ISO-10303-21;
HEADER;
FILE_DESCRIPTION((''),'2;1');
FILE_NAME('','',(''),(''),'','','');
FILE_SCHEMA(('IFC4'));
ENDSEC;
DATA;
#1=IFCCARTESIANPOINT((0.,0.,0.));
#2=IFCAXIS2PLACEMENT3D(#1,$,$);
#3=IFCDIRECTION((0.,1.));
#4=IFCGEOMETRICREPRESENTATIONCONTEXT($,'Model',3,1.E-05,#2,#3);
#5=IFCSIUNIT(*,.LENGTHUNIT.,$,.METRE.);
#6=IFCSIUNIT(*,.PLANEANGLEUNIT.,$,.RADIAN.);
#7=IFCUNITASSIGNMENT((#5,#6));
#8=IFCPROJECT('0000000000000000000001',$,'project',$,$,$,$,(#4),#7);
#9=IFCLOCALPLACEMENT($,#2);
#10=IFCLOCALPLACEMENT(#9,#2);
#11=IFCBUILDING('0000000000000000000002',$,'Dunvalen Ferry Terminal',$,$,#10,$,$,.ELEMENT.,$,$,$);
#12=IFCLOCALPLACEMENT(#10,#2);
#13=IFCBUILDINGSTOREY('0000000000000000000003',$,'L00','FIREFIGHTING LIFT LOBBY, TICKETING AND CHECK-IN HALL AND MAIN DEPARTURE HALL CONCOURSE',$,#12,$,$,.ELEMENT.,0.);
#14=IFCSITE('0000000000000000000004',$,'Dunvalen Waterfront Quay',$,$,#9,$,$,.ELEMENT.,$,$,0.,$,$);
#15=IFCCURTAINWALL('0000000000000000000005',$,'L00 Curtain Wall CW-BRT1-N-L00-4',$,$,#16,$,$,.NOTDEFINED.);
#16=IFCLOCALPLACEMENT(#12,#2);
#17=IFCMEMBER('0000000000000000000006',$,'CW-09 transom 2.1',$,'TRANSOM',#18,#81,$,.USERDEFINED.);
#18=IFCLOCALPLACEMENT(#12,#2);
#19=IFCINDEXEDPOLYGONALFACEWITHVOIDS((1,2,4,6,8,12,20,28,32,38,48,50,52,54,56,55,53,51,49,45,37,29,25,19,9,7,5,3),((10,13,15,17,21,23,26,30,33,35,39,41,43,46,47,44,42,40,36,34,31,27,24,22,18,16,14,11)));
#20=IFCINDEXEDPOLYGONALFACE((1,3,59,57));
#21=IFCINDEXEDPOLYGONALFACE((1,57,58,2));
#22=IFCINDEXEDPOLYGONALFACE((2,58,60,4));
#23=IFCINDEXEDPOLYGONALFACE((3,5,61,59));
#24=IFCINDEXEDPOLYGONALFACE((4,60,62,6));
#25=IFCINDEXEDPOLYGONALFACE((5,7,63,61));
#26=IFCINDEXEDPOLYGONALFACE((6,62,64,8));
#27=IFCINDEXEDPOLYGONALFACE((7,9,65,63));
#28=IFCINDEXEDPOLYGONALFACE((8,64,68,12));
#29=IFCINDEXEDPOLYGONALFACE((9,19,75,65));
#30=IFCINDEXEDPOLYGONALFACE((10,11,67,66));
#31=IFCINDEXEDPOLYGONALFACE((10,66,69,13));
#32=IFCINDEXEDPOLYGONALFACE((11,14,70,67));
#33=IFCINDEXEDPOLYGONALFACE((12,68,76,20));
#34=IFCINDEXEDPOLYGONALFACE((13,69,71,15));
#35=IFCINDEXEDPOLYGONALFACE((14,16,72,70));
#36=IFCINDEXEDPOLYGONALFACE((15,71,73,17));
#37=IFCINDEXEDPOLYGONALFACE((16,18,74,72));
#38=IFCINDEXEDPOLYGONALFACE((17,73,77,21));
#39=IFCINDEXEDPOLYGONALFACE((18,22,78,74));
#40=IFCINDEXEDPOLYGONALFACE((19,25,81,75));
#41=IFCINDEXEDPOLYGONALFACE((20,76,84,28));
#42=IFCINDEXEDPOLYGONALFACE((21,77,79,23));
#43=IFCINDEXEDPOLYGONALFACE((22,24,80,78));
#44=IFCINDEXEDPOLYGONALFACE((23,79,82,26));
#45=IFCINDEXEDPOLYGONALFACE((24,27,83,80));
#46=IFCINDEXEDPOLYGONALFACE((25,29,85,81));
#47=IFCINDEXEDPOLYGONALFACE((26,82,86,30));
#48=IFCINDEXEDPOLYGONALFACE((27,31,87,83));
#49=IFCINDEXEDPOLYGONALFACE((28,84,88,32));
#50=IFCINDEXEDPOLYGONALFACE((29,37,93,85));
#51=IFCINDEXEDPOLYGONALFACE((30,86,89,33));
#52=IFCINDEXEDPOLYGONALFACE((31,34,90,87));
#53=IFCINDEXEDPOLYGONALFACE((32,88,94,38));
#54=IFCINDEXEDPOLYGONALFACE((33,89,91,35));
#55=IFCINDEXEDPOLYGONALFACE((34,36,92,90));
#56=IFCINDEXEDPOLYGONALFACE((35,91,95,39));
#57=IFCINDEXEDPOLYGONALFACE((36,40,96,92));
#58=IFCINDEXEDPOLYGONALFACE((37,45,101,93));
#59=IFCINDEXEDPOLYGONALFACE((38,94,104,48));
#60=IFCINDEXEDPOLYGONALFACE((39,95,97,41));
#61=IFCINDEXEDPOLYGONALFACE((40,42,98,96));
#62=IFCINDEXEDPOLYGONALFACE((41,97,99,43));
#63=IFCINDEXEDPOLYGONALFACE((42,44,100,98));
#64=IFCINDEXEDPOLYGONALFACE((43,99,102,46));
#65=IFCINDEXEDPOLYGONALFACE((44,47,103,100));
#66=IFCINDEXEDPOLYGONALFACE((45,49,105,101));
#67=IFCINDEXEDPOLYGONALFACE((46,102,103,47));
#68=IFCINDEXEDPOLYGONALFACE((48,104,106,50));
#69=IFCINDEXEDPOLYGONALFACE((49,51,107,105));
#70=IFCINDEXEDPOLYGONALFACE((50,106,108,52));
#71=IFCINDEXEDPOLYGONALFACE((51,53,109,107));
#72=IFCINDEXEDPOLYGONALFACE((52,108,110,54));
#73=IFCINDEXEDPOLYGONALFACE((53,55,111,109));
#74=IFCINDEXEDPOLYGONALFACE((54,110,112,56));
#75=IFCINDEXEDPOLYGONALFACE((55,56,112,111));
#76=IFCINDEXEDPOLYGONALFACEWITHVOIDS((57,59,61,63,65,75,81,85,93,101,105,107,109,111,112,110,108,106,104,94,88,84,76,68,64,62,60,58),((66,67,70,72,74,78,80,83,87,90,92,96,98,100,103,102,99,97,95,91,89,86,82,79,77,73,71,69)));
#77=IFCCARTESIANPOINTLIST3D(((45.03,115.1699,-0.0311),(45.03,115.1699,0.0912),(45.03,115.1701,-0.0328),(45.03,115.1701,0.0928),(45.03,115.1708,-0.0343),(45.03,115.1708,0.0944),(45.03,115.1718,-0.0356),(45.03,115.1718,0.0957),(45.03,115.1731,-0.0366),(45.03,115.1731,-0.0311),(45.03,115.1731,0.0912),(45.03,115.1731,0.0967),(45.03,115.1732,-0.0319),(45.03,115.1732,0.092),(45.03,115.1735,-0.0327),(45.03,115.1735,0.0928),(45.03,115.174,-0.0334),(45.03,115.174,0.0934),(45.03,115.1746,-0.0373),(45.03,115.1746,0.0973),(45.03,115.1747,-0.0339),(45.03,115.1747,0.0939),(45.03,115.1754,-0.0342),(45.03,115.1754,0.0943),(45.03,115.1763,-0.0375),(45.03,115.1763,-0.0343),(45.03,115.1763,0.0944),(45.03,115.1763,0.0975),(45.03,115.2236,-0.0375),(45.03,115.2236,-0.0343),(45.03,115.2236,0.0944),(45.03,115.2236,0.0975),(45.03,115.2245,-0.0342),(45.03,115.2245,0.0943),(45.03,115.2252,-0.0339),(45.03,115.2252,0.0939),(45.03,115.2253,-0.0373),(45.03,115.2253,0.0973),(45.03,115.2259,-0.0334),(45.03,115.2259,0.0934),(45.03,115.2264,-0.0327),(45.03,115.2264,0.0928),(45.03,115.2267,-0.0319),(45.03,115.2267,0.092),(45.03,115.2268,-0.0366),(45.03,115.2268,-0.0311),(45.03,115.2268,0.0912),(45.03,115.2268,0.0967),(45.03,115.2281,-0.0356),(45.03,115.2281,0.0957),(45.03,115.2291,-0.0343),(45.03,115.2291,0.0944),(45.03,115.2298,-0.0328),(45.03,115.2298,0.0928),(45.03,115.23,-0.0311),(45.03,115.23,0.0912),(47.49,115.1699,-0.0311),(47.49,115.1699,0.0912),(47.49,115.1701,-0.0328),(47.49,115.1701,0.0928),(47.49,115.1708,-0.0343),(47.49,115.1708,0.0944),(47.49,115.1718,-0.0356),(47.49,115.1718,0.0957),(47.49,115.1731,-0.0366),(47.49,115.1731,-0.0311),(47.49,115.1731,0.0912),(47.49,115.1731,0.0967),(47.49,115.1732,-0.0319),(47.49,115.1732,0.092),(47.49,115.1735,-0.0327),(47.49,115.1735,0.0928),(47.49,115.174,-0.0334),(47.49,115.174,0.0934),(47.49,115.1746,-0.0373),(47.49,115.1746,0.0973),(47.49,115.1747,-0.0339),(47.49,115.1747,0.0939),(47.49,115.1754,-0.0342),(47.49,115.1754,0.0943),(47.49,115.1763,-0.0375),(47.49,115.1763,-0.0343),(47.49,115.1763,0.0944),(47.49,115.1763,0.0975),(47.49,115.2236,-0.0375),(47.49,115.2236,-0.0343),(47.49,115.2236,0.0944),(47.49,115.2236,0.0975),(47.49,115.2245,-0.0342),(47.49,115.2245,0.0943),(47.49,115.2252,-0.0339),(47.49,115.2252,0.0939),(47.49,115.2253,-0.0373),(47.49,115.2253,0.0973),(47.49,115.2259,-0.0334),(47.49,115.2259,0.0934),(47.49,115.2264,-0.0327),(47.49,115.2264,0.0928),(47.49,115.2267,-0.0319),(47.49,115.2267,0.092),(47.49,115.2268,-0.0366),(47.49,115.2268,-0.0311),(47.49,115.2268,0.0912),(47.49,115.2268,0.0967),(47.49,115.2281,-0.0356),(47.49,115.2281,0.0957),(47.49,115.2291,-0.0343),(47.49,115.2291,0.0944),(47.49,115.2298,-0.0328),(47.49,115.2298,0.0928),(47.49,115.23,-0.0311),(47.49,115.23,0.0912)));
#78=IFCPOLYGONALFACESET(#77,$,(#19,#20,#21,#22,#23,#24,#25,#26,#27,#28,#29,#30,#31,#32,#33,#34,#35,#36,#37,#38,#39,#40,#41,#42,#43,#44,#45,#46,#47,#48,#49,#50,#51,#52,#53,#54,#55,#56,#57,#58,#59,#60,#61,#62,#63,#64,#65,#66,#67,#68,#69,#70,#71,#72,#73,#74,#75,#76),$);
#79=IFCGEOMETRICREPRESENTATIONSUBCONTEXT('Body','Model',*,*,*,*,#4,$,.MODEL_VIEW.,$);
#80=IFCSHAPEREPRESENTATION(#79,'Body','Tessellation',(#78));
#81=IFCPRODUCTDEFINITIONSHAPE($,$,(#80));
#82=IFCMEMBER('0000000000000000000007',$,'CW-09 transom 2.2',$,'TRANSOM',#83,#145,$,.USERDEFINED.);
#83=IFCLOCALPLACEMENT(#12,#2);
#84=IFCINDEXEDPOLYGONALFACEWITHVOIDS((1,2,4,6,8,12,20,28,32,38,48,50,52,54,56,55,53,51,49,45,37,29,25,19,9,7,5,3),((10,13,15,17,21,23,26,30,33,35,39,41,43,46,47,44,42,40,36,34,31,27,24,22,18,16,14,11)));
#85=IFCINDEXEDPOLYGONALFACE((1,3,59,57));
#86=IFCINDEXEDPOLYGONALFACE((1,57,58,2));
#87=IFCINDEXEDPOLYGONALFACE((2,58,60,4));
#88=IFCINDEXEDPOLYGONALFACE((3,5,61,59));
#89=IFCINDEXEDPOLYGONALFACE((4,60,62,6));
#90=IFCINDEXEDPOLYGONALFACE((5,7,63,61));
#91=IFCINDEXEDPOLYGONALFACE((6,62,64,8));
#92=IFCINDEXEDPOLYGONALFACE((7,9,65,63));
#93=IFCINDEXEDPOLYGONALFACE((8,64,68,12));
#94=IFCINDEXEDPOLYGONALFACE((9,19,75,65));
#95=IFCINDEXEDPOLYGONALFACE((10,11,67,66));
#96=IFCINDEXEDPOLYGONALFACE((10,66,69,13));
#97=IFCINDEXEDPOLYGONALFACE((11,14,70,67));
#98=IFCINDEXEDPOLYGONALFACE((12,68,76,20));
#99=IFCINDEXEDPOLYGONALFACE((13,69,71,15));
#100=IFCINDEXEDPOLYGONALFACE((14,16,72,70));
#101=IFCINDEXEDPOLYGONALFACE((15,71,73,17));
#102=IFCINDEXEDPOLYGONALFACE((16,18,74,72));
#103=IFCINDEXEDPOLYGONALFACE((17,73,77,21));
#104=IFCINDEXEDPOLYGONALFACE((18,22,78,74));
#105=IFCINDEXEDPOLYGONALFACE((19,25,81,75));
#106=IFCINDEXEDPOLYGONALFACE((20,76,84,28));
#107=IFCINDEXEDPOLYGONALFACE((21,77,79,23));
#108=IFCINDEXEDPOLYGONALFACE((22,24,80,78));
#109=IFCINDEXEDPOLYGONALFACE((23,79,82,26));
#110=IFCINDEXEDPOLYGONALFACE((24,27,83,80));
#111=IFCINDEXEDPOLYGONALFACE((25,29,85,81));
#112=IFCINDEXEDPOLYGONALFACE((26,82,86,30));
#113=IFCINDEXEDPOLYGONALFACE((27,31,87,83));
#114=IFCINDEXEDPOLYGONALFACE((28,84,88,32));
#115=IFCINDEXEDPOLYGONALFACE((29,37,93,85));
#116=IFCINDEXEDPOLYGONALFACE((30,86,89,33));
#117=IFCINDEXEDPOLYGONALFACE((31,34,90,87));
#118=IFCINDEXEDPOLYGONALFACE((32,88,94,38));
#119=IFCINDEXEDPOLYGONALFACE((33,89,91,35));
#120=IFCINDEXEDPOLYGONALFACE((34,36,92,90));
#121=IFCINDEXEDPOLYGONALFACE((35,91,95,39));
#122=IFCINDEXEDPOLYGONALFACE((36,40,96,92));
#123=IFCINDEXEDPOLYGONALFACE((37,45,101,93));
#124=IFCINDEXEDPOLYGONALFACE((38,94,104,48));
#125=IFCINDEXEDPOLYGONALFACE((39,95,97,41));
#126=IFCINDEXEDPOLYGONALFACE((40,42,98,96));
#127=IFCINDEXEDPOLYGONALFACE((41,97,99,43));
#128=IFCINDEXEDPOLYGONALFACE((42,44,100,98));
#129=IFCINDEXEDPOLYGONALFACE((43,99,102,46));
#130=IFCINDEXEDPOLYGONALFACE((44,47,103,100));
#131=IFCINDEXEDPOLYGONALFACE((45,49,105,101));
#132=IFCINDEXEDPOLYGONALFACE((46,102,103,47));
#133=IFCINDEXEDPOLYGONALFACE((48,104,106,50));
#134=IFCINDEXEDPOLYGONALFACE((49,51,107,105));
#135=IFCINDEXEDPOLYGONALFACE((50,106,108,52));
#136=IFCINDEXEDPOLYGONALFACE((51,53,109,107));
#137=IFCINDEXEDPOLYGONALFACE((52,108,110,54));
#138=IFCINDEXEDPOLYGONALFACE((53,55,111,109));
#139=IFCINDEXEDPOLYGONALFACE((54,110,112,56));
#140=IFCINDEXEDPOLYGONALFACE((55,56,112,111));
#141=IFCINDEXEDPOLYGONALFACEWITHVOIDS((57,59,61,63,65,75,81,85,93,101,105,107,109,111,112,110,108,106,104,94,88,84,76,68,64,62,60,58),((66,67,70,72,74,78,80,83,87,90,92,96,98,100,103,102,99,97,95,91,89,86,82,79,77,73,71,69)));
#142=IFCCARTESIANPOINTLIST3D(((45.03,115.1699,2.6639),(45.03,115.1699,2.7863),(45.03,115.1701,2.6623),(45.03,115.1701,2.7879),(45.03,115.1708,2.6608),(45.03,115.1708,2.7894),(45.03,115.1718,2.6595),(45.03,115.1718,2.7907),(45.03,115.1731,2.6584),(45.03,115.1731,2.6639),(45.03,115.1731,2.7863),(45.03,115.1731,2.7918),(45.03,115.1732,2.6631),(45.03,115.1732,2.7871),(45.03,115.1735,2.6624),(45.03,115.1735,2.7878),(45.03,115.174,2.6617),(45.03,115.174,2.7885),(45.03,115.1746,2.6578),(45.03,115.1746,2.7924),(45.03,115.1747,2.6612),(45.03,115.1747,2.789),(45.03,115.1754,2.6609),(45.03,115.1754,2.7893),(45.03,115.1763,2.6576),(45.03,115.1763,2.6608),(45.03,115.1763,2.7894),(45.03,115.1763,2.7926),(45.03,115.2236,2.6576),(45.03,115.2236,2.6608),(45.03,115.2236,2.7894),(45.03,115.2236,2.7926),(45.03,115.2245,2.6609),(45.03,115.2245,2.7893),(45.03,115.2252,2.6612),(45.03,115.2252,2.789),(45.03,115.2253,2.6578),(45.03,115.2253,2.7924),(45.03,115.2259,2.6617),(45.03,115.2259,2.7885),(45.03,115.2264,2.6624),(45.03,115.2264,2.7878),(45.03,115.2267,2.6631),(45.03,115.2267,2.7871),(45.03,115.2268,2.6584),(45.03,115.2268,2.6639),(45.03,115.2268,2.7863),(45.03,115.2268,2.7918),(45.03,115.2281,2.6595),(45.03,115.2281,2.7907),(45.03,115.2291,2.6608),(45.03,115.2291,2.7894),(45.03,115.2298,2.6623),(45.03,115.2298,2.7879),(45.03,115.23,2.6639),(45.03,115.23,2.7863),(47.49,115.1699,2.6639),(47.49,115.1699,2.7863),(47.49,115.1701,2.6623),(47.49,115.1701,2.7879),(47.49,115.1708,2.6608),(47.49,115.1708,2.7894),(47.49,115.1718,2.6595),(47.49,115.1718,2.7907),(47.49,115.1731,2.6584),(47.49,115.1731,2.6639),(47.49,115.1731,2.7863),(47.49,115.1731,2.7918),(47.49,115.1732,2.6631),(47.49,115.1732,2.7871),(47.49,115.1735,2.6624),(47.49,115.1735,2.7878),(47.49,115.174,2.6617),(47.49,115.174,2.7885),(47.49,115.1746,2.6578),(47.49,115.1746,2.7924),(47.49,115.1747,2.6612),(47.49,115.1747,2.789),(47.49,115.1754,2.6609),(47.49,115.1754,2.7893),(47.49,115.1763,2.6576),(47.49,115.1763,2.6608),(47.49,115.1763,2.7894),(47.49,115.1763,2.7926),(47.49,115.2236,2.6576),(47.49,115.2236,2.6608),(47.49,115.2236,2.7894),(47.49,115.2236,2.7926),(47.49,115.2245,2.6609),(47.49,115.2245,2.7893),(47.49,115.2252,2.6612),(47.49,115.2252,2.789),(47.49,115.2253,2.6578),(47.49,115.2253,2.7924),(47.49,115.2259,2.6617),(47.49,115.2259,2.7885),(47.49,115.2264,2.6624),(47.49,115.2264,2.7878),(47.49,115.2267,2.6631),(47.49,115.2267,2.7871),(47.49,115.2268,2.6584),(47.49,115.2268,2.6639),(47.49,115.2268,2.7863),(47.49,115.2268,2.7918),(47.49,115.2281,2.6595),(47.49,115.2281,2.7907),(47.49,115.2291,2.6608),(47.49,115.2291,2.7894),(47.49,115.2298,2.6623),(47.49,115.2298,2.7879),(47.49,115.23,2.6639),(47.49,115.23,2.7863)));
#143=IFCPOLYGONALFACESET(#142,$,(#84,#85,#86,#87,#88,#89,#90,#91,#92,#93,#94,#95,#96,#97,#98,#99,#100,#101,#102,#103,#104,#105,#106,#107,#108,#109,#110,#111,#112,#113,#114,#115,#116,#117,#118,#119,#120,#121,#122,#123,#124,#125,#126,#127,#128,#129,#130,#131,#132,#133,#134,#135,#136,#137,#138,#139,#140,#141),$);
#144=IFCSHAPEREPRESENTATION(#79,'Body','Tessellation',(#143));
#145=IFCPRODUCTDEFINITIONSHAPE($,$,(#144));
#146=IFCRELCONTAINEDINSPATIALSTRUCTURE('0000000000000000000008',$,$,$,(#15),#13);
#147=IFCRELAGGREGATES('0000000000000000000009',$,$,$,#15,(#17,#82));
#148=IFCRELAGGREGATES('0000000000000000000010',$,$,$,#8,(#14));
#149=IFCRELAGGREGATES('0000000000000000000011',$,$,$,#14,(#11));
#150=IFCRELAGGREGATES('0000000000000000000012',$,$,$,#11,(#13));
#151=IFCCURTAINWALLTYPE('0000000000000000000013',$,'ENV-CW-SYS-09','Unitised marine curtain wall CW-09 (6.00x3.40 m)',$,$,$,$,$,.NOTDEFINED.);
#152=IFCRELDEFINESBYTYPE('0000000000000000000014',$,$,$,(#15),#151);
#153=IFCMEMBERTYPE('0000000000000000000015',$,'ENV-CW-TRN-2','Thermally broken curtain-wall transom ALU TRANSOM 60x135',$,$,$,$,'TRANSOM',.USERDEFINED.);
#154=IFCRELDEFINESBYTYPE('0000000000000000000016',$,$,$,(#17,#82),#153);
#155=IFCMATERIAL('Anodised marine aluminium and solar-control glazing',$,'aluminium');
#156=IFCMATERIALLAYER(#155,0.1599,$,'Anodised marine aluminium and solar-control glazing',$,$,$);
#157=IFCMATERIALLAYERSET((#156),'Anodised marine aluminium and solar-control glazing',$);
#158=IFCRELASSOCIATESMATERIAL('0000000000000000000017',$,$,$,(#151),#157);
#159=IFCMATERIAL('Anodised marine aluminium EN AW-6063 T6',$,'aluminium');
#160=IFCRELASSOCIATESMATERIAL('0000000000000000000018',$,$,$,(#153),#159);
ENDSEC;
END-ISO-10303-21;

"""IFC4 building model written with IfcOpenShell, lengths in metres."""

from ifc_helpers import new_model, si_unit, direction, frame, origin, origin_2d, place, context, subcontext, project, spatial, hollow_rectangle, extrude, material, layer, layer_set, material_profile, profile_set, type_object, element, aggregate, save


model = new_model("IFC4")

# Units and contexts
model_context = context("Model", 3, precision=1e-05, world=origin(), true_north=direction((0.0, 1.0)))
body_context = subcontext(model_context, "Body", "Model", "MODEL_VIEW")
ifc_project = project(units=[si_unit("LENGTHUNIT", "METRE"), si_unit("PLANEANGLEUNIT", "RADIAN")], contexts=[model_context])

# Site, building, storey
site_placement = place(None, origin())
site = spatial("IfcSite", under=ifc_project, at=site_placement, Name="Dunvalen Waterfront Quay", CompositionType="ELEMENT", RefElevation=0.0)
building_placement = place(site_placement, origin())
building = spatial("IfcBuilding", under=site, at=building_placement, Name="Dunvalen Ferry Terminal", CompositionType="ELEMENT")
storey_placement = place(building_placement, origin())
storey = spatial("IfcBuildingStorey", under=building, at=storey_placement, Name="L00", Description="FIREFIGHTING LIFT LOBBY, TICKETING AND CHECK-IN HALL AND MAIN DEPARTURE HALL CONCOURSE", CompositionType="ELEMENT", Elevation=0.0)

# Curtain wall, members
ifc_material_1 = material(Name="Anodised marine aluminium and solar-control glazing", Category="aluminium")
ifc_layer_1 = layer(ifc_material_1, 0.1599, Name="Anodised marine aluminium and solar-control glazing")
ifc_layer_set_1 = layer_set([ifc_layer_1], Name="Anodised marine aluminium and solar-control glazing")
curtain_wall_type = type_object("IfcCurtainWallType", Name="ENV-CW-SYS-09", Description="Unitised marine curtain wall CW-09 (6.00x3.40 m)", PredefinedType="NOTDEFINED", material=ifc_layer_set_1)
curtain_wall_placement = place(storey_placement, origin())
curtain_wall = element("IfcCurtainWall", 1, at=curtain_wall_placement, inside=storey, type_object=curtain_wall_type, Name="L00 Curtain Wall CW-BRT1-N-L00-4", PredefinedType="NOTDEFINED")
ifc_material_2 = material(Name="Anodised marine aluminium EN AW-6063 T6", Category="aluminium")
ifc_material_profile_1 = material_profile(ifc_material_2, hollow_rectangle(XDim=0.0601, YDim=0.135, WallThickness=0.0032, InnerFilletRadius=0.0032, OuterFilletRadius=0.0063, at=origin_2d()), Name="Anodised marine aluminium EN AW-6063 T6")
ifc_profile_set_1 = profile_set([ifc_material_profile_1], Name="Anodised marine aluminium EN AW-6063 T6")
member_type_1 = type_object("IfcMemberType", Name="ENV-CW-TRN-2", Description="Thermally broken curtain-wall transom ALU TRANSOM 60x135", ElementType="TRANSOM", PredefinedType="USERDEFINED", material=ifc_profile_set_1)
member_1_placement = place(storey_placement, frame((45.03, 115.2, 0.03), z_axis=(1.0, 0.0, 0.0), x_axis=(0.0, 1.0, 0.0)))
member_1 = element("IfcMember", 2, at=member_1_placement, type_object=member_type_1, Name="CW-09 transom 2.1", ObjectType="TRANSOM", PredefinedType="USERDEFINED", context=body_context, shape_type="SweptSolid", body=[
    extrude(hollow_rectangle(XDim=0.0601, YDim=0.135, WallThickness=0.0032, InnerFilletRadius=0.0032, OuterFilletRadius=0.0063, at=origin_2d()), origin(), (0.0, 0.0, 1.0), 2.46),
])
member_2_placement = place(storey_placement, frame((45.03, 115.2, 2.7251), z_axis=(1.0, 0.0, 0.0), x_axis=(0.0, 1.0, 0.0)))
member_2 = element("IfcMember", 3, at=member_2_placement, type_object=member_type_1, Name="CW-09 transom 2.2", ObjectType="TRANSOM", PredefinedType="USERDEFINED", context=body_context, shape_type="SweptSolid", body=[
    extrude(hollow_rectangle(XDim=0.0601, YDim=0.135, WallThickness=0.0032, InnerFilletRadius=0.0032, OuterFilletRadius=0.0063, at=origin_2d()), origin(), (0.0, 0.0, 1.0), 2.46),
])
aggregate(curtain_wall, [member_1, member_2])

save(model, "model.ifc")
